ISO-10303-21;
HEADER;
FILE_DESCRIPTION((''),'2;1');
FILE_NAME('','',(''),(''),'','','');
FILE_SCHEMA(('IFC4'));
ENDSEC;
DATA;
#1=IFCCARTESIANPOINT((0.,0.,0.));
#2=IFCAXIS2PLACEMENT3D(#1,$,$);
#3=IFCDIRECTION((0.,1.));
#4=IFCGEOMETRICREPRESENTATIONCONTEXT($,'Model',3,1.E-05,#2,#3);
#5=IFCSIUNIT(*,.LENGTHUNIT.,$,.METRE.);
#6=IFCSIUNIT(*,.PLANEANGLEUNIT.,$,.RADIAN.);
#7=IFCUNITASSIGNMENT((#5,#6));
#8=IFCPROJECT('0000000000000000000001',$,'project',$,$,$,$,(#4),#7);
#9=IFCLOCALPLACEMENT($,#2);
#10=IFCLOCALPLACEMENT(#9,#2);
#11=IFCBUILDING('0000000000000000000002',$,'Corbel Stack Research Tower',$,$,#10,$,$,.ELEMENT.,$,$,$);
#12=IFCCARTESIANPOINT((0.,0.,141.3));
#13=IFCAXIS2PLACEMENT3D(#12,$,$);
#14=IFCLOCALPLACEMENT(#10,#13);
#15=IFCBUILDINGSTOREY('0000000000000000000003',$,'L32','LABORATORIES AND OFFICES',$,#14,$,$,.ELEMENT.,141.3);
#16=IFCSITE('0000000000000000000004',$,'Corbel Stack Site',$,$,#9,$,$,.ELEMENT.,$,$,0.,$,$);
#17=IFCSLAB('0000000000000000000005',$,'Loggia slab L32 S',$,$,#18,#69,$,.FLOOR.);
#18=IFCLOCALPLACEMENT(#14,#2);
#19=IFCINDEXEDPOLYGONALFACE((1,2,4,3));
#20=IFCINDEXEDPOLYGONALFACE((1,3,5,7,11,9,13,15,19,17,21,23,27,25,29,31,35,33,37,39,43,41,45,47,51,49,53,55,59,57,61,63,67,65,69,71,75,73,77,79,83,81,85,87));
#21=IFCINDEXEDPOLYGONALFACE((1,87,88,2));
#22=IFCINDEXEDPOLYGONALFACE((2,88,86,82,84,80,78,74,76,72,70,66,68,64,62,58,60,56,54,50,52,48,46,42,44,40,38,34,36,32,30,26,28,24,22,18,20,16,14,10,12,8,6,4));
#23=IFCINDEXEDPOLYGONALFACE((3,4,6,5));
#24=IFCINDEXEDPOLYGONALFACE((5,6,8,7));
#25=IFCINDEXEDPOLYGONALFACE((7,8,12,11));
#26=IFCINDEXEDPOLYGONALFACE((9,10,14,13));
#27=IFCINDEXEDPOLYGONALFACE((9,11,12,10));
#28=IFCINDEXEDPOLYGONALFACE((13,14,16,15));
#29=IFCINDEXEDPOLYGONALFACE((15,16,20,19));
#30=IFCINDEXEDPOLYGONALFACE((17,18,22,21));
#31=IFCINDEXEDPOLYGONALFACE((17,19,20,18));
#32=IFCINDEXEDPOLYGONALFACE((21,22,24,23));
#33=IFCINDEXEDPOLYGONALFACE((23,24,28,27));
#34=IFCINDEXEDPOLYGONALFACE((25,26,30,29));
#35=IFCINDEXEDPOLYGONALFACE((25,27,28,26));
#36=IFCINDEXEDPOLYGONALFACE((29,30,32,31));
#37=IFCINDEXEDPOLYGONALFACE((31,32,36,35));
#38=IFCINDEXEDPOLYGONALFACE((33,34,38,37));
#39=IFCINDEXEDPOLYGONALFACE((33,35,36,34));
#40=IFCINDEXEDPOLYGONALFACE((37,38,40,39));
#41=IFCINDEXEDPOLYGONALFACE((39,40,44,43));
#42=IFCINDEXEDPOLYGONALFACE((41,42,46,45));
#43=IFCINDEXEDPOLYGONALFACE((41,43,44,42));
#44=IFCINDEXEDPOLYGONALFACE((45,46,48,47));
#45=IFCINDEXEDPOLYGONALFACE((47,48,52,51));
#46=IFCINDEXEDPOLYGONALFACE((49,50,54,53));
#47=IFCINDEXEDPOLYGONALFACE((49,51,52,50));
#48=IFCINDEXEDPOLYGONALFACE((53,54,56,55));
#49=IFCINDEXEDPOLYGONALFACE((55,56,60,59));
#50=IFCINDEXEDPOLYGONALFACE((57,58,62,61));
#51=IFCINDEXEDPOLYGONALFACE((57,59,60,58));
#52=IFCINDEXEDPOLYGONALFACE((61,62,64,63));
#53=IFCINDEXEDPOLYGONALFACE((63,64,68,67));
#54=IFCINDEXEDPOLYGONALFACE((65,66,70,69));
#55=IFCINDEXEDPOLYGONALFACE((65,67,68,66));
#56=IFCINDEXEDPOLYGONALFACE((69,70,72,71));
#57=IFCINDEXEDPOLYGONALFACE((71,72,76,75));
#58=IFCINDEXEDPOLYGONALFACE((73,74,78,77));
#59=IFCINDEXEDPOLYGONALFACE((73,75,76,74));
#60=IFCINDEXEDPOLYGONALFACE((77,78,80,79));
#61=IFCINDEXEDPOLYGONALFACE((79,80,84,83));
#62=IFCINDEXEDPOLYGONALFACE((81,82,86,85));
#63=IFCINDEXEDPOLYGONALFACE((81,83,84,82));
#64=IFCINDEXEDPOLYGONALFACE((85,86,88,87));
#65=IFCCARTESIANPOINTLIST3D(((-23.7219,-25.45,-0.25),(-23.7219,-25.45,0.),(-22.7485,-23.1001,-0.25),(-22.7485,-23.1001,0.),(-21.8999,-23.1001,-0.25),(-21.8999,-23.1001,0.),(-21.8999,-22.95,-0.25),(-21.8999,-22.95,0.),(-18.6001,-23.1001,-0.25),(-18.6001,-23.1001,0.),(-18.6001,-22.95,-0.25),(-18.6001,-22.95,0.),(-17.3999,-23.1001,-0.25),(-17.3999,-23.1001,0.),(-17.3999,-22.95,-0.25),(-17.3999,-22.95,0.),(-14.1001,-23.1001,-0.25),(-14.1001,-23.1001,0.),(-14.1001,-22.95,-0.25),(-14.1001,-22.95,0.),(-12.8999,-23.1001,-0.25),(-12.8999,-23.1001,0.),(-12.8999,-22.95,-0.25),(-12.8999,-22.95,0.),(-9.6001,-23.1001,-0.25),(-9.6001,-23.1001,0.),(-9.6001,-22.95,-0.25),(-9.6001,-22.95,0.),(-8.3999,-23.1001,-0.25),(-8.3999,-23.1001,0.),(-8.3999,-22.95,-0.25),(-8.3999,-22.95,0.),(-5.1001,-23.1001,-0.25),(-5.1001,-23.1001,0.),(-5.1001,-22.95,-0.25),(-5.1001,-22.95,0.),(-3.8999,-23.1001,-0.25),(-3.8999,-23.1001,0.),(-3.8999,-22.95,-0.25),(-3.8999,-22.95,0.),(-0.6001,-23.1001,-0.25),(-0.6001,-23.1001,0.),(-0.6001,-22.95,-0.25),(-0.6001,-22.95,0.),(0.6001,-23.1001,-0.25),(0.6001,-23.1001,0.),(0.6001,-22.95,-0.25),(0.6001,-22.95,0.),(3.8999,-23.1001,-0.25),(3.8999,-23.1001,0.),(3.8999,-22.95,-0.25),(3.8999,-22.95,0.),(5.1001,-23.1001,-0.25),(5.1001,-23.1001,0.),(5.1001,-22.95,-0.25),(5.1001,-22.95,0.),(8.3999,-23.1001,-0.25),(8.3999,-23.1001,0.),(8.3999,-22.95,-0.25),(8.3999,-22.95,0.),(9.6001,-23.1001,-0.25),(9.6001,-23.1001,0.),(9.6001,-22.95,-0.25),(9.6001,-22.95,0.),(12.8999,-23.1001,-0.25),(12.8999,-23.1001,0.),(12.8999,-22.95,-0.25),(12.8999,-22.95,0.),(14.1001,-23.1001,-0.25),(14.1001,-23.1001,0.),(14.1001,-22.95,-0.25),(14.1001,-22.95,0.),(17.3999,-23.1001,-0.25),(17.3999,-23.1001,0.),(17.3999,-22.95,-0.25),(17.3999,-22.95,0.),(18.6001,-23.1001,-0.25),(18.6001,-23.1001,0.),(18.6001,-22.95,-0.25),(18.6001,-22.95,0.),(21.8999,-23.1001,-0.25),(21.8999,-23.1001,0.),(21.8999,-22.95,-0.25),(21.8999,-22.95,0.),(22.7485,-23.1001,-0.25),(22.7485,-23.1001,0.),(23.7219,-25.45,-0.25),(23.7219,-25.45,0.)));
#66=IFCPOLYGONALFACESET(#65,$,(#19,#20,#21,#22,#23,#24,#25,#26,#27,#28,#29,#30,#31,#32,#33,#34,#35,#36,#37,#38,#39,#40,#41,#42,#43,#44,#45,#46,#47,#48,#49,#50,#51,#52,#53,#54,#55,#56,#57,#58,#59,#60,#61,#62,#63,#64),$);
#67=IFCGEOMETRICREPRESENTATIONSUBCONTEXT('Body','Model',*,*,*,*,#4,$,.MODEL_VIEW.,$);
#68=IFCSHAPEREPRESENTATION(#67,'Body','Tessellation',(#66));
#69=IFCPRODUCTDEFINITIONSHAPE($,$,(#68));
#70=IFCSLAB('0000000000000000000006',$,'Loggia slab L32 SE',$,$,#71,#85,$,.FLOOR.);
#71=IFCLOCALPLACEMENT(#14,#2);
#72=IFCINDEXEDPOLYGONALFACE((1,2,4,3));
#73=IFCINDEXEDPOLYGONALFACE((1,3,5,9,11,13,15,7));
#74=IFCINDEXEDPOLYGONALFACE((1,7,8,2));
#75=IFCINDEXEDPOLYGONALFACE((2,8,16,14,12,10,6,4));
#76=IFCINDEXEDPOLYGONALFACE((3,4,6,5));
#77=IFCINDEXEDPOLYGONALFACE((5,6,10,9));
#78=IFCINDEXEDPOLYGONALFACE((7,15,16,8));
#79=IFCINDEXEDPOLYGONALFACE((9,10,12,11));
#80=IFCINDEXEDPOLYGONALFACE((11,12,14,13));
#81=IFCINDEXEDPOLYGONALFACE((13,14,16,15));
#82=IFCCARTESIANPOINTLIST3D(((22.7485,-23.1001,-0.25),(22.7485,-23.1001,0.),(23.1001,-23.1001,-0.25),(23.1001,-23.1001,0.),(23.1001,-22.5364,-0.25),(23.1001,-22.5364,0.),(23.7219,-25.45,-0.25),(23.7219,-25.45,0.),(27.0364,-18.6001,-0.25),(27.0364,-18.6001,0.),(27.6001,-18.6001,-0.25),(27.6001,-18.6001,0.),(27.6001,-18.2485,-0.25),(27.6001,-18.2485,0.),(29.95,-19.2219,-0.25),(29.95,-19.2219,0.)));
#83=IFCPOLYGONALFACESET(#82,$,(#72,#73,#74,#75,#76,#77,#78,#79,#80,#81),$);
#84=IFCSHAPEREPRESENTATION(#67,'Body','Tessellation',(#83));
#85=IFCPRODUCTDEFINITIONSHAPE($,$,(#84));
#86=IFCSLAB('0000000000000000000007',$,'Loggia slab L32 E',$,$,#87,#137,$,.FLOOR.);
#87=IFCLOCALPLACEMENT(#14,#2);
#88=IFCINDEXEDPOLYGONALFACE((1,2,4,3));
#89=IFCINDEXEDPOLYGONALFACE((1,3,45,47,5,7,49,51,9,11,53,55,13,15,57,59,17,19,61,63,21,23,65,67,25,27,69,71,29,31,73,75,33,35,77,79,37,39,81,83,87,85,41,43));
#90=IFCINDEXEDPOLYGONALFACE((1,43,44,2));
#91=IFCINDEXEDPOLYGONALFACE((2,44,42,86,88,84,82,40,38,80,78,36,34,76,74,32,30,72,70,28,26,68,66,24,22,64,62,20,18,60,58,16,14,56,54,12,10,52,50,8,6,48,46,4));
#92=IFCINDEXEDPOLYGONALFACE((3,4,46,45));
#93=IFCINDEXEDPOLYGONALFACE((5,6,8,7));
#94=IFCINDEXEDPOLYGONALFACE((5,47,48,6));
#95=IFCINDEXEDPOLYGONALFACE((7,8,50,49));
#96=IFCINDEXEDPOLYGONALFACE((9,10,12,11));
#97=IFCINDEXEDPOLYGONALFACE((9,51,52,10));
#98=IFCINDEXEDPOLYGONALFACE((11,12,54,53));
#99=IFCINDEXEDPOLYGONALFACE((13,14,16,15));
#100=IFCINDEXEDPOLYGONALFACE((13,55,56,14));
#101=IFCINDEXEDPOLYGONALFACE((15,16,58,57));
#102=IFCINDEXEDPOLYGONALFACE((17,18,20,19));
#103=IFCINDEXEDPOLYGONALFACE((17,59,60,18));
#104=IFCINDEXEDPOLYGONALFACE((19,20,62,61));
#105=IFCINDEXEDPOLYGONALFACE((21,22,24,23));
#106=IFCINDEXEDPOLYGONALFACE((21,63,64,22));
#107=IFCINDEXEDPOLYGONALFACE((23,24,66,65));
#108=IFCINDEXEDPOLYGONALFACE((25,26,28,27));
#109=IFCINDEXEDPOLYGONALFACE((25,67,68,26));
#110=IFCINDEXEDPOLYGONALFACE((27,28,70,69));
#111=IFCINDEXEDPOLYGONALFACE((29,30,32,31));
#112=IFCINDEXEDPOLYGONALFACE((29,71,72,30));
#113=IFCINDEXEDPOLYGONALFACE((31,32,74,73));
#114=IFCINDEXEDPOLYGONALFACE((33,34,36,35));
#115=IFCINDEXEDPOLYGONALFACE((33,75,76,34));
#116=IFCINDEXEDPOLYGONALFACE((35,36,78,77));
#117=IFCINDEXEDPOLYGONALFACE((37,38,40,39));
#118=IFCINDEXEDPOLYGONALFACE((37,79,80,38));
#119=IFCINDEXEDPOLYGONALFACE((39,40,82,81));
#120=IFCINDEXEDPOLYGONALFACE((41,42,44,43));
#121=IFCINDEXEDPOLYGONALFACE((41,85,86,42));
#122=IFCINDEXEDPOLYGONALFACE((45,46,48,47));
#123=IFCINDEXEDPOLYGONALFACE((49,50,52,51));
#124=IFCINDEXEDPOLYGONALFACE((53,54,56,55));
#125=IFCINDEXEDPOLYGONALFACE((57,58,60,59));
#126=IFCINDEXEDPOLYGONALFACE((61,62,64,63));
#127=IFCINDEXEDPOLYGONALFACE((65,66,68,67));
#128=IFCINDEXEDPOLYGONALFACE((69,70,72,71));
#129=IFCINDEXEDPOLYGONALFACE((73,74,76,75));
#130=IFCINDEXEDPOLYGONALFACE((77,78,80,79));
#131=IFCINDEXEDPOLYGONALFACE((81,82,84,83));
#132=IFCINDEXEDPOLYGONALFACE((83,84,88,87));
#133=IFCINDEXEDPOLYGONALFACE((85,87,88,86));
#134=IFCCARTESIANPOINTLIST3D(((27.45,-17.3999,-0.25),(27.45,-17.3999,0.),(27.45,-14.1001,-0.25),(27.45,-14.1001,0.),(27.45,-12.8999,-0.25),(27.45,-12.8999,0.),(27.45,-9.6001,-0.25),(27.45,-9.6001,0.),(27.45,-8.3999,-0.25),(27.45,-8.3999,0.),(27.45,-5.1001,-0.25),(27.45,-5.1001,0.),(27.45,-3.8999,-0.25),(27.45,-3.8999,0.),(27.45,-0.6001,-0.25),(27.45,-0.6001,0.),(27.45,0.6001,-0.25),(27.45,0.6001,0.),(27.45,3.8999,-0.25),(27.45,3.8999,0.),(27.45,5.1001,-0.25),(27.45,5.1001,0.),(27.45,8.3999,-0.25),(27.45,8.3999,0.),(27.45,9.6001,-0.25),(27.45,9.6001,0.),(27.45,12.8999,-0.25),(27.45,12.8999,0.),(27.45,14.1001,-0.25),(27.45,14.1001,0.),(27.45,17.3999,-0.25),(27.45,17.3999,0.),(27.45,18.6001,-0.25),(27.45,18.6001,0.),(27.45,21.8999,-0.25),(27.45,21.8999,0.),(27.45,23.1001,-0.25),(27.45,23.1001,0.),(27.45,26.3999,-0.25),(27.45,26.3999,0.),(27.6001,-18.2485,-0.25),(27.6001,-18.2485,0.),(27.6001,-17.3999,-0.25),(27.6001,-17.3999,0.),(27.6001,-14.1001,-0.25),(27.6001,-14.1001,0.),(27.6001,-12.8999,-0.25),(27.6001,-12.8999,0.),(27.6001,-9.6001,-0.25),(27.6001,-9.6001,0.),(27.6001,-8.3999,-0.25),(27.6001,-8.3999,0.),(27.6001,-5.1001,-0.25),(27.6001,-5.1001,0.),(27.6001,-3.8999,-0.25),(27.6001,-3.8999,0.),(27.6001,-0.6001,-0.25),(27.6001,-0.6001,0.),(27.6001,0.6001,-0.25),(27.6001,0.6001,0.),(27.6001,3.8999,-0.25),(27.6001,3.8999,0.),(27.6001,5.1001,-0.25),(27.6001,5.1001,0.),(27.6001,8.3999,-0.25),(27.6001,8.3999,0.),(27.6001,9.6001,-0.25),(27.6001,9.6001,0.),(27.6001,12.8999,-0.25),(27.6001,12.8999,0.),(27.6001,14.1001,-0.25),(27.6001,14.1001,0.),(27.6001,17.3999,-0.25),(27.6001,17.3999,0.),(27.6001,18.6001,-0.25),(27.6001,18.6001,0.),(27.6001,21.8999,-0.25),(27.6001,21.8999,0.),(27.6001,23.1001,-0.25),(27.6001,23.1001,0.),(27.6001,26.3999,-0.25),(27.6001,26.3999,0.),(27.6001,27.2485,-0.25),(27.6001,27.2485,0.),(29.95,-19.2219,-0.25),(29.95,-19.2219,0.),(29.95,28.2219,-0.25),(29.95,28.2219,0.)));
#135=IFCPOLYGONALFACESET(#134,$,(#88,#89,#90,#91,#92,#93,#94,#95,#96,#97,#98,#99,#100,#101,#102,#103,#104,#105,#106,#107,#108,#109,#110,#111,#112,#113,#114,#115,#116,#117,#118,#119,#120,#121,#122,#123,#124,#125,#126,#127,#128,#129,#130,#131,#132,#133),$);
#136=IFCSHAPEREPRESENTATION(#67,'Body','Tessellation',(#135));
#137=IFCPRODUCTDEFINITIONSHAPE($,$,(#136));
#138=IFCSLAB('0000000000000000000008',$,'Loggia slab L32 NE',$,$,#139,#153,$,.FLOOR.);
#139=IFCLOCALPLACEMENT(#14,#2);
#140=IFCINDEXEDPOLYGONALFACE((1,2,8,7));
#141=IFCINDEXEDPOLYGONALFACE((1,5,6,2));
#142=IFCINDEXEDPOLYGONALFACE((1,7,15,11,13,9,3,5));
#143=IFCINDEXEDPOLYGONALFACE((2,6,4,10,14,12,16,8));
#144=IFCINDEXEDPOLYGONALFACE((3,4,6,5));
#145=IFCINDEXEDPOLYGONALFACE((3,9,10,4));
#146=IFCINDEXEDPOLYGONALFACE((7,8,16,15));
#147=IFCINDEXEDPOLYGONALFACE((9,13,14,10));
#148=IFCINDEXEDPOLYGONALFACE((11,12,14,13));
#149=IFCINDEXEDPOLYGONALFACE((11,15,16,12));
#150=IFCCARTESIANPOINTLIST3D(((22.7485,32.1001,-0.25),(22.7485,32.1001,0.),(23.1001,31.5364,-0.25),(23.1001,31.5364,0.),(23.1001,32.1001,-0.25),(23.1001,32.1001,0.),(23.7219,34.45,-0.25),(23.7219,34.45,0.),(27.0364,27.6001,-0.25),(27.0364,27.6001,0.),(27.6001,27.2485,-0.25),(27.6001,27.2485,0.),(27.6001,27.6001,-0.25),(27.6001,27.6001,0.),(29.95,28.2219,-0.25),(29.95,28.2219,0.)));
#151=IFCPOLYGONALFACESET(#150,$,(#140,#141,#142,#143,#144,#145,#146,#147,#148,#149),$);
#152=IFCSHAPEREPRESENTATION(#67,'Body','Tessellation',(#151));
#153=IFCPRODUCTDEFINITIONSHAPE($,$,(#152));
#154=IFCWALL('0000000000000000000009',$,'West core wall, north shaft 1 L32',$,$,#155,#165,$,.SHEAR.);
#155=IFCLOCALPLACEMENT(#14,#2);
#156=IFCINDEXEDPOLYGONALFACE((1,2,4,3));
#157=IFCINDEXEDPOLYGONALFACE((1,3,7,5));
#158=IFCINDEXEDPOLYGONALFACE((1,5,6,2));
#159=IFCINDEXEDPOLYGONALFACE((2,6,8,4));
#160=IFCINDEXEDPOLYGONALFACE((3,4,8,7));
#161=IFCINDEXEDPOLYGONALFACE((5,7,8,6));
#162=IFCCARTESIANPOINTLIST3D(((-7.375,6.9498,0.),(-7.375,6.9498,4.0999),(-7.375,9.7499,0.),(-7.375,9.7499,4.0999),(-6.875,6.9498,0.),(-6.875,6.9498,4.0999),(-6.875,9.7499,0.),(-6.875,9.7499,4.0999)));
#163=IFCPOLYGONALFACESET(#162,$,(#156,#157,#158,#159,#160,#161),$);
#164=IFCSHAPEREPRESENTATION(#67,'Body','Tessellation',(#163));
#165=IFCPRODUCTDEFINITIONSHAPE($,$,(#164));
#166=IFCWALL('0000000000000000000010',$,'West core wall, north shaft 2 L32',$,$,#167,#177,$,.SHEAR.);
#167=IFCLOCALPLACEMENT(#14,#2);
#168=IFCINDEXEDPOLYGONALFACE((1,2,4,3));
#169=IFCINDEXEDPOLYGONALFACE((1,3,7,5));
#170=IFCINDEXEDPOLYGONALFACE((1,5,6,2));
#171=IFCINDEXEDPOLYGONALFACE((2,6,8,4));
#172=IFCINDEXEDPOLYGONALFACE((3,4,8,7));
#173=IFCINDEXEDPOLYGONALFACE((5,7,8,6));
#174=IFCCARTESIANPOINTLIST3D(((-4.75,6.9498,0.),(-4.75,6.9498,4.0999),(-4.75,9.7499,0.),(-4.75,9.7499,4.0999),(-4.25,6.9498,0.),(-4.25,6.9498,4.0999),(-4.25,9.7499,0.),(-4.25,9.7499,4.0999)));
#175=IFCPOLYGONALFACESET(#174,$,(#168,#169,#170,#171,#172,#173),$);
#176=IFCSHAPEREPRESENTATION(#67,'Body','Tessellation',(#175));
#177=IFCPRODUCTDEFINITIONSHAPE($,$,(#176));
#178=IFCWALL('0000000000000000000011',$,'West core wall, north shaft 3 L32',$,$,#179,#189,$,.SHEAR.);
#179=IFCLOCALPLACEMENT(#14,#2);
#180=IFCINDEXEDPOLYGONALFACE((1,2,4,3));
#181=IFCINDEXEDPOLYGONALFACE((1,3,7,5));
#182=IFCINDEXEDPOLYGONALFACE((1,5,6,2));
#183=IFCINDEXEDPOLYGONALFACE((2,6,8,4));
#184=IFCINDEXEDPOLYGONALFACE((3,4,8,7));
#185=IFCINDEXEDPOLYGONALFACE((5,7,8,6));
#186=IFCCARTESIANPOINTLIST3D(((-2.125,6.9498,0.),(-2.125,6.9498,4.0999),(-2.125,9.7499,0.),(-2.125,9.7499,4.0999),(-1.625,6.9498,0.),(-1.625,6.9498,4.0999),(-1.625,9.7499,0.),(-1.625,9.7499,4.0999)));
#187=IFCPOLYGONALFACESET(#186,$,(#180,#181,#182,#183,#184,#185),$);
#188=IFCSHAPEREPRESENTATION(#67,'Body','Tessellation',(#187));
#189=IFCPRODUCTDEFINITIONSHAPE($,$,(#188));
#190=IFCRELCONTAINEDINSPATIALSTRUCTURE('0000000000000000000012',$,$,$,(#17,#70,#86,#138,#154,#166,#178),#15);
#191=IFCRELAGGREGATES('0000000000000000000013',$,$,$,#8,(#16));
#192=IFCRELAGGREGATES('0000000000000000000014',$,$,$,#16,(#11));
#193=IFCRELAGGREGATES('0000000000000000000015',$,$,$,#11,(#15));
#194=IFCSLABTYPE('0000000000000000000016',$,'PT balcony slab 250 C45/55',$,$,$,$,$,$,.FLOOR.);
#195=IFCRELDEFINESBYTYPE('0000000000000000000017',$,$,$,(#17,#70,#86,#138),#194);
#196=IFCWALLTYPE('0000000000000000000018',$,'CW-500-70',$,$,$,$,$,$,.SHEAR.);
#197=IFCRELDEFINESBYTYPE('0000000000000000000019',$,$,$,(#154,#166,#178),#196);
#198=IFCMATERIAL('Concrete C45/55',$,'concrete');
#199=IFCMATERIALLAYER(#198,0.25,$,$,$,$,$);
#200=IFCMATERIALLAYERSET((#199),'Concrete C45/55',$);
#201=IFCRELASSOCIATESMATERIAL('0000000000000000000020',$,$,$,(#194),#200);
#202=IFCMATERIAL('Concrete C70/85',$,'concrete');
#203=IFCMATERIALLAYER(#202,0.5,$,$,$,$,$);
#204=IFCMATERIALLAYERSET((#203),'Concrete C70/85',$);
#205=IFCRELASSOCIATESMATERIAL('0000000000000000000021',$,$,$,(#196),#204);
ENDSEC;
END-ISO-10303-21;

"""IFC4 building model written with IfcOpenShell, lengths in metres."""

from ifc_helpers import new_model, si_unit, direction, frame, frame_2d, origin, place, context, subcontext, project, spatial, polyline, rectangle, outline, extrude, material, layer, layer_set, type_object, element, save


model = new_model("IFC4")

# Units and contexts
model_context = context("Model", 3, precision=1e-05, world=origin(), true_north=direction((0.0, 1.0)))
body_context = subcontext(model_context, "Body", "Model", "MODEL_VIEW")
ifc_project = project(units=[si_unit("LENGTHUNIT", "METRE"), si_unit("PLANEANGLEUNIT", "RADIAN")], contexts=[model_context])

# Site, building, storey
site_placement = place(None, origin())
site = spatial("IfcSite", under=ifc_project, at=site_placement, Name="Corbel Stack Site", CompositionType="ELEMENT", RefElevation=0.0)
building_placement = place(site_placement, origin())
building = spatial("IfcBuilding", under=site, at=building_placement, Name="Corbel Stack Research Tower", CompositionType="ELEMENT")
storey_placement = place(building_placement, frame((0.0, 0.0, 141.3)))
storey = spatial("IfcBuildingStorey", under=building, at=storey_placement, Name="L32", Description="LABORATORIES AND OFFICES", CompositionType="ELEMENT", Elevation=141.3)

# Slabs
ifc_material_1 = material(Name="Concrete C45/55", Category="concrete")
ifc_layer_1 = layer(ifc_material_1, 0.25)
ifc_layer_set_1 = layer_set([ifc_layer_1], Name="Concrete C45/55")
slab_type = type_object("IfcSlabType", Name="PT balcony slab 250 C45/55", PredefinedType="FLOOR", material=ifc_layer_set_1)
slab_1_placement = place(storey_placement, frame((0.0, 0.0, -0.25)))
element("IfcSlab", 1, at=slab_1_placement, inside=storey, type_object=slab_type, Name="Loggia slab L32 S", PredefinedType="FLOOR", context=body_context, shape_type="SweptSolid", body=[
    extrude(outline(polyline([(22.7485, -23.1001), (21.8999, -23.1001), (21.8999, -22.95), (18.6001, -22.95), (18.6001, -23.1001), (17.3999, -23.1001), (17.3999, -22.95), (14.1001, -22.95), (14.1001, -23.1001), (12.8999, -23.1001), (12.8999, -22.95), (9.6001, -22.95), (9.6001, -23.1001), (8.3999, -23.1001), (8.3999, -22.95), (5.1001, -22.95), (5.1001, -23.1001), (3.8999, -23.1001), (3.8999, -22.95), (0.6001, -22.95), (0.6001, -23.1001), (-0.6001, -23.1001), (-0.6001, -22.95), (-3.8999, -22.95), (-3.8999, -23.1001), (-5.1001, -23.1001), (-5.1001, -22.95), (-8.3999, -22.95), (-8.3999, -23.1001), (-9.6001, -23.1001), (-9.6001, -22.95), (-12.8999, -22.95), (-12.8999, -23.1001), (-14.1001, -23.1001), (-14.1001, -22.95), (-17.3999, -22.95), (-17.3999, -23.1001), (-18.6001, -23.1001), (-18.6001, -22.95), (-21.8999, -22.95), (-21.8999, -23.1001), (-22.7485, -23.1001), (-23.7219, -25.45), (23.7219, -25.45), (22.7485, -23.1001)])), origin(), (0.0, 0.0, 1.0), 0.25),
])
slab_2_placement = place(storey_placement, frame((0.0, 0.0, -0.25)))
element("IfcSlab", 2, at=slab_2_placement, inside=storey, type_object=slab_type, Name="Loggia slab L32 SE", PredefinedType="FLOOR", context=body_context, shape_type="SweptSolid", body=[
    extrude(outline(polyline([(27.6001, -18.2485), (27.6001, -18.6001), (27.0364, -18.6001), (23.1001, -22.5364), (23.1001, -23.1001), (22.7485, -23.1001), (23.7219, -25.45), (29.95, -19.2219), (27.6001, -18.2485)])), origin(), (0.0, 0.0, 1.0), 0.25),
])
slab_3_placement = place(storey_placement, frame((0.0, 0.0, -0.25)))
element("IfcSlab", 3, at=slab_3_placement, inside=storey, type_object=slab_type, Name="Loggia slab L32 E", PredefinedType="FLOOR", context=body_context, shape_type="SweptSolid", body=[
    extrude(outline(polyline([(27.6001, 27.2485), (27.6001, 26.3999), (27.45, 26.3999), (27.45, 23.1001), (27.6001, 23.1001), (27.6001, 21.8999), (27.45, 21.8999), (27.45, 18.6001), (27.6001, 18.6001), (27.6001, 17.3999), (27.45, 17.3999), (27.45, 14.1001), (27.6001, 14.1001), (27.6001, 12.8999), (27.45, 12.8999), (27.45, 9.6001), (27.6001, 9.6001), (27.6001, 8.3999), (27.45, 8.3999), (27.45, 5.1001), (27.6001, 5.1001), (27.6001, 3.8999), (27.45, 3.8999), (27.45, 0.6001), (27.6001, 0.6001), (27.6001, -0.6001), (27.45, -0.6001), (27.45, -3.8999), (27.6001, -3.8999), (27.6001, -5.1001), (27.45, -5.1001), (27.45, -8.3999), (27.6001, -8.3999), (27.6001, -9.6001), (27.45, -9.6001), (27.45, -12.8999), (27.6001, -12.8999), (27.6001, -14.1001), (27.45, -14.1001), (27.45, -17.3999), (27.6001, -17.3999), (27.6001, -18.2485), (29.95, -19.2219), (29.95, 28.2219), (27.6001, 27.2485)])), origin(), (0.0, 0.0, 1.0), 0.25),
])
slab_4_placement = place(storey_placement, frame((0.0, 0.0, -0.25)))
element("IfcSlab", 4, at=slab_4_placement, inside=storey, type_object=slab_type, Name="Loggia slab L32 NE", PredefinedType="FLOOR", context=body_context, shape_type="SweptSolid", body=[
    extrude(outline(polyline([(22.7485, 32.1001), (23.1001, 32.1001), (23.1001, 31.5364), (27.0364, 27.6001), (27.6001, 27.6001), (27.6001, 27.2485), (29.95, 28.2219), (23.7219, 34.45), (22.7485, 32.1001)])), origin(), (0.0, 0.0, 1.0), 0.25),
])

# Walls
ifc_material_2 = material(Name="Concrete C70/85", Category="concrete")
ifc_layer_2 = layer(ifc_material_2, 0.5)
ifc_layer_set_2 = layer_set([ifc_layer_2], Name="Concrete C70/85")
wall_type_1 = type_object("IfcWallType", Name="CW-500-70", PredefinedType="SHEAR", material=ifc_layer_set_2)
for number, where, z_axis, x_axis, name in (
    (5, (-7.125, 6.95, 0.0), (0.0, 0.0, 1.0), (0.0, 1.0, 0.0), "West core wall, north shaft 1 L32"),
    (6, (-4.5, 6.95, 0.0), (0.0, 0.0, 1.0), (0.0, 1.0, 0.0), "West core wall, north shaft 2 L32"),
    (7, (-1.875, 6.95, 0.0), (0.0, 0.0, 1.0), (0.0, 1.0, 0.0), "West core wall, north shaft 3 L32"),
):
    element("IfcWall", number, at=place(storey_placement, frame(where, z_axis=z_axis, x_axis=x_axis)), inside=storey, type_object=wall_type_1, Name=name, PredefinedType="SHEAR", context=body_context, shape_type="SweptSolid", body=[
        extrude(rectangle(XDim=2.8, YDim=0.5, at=frame_2d((1.3999, 0.0))), origin(), (0.0, 0.0, 1.0), 4.0999),
    ])

save(model, "model.ifc")
